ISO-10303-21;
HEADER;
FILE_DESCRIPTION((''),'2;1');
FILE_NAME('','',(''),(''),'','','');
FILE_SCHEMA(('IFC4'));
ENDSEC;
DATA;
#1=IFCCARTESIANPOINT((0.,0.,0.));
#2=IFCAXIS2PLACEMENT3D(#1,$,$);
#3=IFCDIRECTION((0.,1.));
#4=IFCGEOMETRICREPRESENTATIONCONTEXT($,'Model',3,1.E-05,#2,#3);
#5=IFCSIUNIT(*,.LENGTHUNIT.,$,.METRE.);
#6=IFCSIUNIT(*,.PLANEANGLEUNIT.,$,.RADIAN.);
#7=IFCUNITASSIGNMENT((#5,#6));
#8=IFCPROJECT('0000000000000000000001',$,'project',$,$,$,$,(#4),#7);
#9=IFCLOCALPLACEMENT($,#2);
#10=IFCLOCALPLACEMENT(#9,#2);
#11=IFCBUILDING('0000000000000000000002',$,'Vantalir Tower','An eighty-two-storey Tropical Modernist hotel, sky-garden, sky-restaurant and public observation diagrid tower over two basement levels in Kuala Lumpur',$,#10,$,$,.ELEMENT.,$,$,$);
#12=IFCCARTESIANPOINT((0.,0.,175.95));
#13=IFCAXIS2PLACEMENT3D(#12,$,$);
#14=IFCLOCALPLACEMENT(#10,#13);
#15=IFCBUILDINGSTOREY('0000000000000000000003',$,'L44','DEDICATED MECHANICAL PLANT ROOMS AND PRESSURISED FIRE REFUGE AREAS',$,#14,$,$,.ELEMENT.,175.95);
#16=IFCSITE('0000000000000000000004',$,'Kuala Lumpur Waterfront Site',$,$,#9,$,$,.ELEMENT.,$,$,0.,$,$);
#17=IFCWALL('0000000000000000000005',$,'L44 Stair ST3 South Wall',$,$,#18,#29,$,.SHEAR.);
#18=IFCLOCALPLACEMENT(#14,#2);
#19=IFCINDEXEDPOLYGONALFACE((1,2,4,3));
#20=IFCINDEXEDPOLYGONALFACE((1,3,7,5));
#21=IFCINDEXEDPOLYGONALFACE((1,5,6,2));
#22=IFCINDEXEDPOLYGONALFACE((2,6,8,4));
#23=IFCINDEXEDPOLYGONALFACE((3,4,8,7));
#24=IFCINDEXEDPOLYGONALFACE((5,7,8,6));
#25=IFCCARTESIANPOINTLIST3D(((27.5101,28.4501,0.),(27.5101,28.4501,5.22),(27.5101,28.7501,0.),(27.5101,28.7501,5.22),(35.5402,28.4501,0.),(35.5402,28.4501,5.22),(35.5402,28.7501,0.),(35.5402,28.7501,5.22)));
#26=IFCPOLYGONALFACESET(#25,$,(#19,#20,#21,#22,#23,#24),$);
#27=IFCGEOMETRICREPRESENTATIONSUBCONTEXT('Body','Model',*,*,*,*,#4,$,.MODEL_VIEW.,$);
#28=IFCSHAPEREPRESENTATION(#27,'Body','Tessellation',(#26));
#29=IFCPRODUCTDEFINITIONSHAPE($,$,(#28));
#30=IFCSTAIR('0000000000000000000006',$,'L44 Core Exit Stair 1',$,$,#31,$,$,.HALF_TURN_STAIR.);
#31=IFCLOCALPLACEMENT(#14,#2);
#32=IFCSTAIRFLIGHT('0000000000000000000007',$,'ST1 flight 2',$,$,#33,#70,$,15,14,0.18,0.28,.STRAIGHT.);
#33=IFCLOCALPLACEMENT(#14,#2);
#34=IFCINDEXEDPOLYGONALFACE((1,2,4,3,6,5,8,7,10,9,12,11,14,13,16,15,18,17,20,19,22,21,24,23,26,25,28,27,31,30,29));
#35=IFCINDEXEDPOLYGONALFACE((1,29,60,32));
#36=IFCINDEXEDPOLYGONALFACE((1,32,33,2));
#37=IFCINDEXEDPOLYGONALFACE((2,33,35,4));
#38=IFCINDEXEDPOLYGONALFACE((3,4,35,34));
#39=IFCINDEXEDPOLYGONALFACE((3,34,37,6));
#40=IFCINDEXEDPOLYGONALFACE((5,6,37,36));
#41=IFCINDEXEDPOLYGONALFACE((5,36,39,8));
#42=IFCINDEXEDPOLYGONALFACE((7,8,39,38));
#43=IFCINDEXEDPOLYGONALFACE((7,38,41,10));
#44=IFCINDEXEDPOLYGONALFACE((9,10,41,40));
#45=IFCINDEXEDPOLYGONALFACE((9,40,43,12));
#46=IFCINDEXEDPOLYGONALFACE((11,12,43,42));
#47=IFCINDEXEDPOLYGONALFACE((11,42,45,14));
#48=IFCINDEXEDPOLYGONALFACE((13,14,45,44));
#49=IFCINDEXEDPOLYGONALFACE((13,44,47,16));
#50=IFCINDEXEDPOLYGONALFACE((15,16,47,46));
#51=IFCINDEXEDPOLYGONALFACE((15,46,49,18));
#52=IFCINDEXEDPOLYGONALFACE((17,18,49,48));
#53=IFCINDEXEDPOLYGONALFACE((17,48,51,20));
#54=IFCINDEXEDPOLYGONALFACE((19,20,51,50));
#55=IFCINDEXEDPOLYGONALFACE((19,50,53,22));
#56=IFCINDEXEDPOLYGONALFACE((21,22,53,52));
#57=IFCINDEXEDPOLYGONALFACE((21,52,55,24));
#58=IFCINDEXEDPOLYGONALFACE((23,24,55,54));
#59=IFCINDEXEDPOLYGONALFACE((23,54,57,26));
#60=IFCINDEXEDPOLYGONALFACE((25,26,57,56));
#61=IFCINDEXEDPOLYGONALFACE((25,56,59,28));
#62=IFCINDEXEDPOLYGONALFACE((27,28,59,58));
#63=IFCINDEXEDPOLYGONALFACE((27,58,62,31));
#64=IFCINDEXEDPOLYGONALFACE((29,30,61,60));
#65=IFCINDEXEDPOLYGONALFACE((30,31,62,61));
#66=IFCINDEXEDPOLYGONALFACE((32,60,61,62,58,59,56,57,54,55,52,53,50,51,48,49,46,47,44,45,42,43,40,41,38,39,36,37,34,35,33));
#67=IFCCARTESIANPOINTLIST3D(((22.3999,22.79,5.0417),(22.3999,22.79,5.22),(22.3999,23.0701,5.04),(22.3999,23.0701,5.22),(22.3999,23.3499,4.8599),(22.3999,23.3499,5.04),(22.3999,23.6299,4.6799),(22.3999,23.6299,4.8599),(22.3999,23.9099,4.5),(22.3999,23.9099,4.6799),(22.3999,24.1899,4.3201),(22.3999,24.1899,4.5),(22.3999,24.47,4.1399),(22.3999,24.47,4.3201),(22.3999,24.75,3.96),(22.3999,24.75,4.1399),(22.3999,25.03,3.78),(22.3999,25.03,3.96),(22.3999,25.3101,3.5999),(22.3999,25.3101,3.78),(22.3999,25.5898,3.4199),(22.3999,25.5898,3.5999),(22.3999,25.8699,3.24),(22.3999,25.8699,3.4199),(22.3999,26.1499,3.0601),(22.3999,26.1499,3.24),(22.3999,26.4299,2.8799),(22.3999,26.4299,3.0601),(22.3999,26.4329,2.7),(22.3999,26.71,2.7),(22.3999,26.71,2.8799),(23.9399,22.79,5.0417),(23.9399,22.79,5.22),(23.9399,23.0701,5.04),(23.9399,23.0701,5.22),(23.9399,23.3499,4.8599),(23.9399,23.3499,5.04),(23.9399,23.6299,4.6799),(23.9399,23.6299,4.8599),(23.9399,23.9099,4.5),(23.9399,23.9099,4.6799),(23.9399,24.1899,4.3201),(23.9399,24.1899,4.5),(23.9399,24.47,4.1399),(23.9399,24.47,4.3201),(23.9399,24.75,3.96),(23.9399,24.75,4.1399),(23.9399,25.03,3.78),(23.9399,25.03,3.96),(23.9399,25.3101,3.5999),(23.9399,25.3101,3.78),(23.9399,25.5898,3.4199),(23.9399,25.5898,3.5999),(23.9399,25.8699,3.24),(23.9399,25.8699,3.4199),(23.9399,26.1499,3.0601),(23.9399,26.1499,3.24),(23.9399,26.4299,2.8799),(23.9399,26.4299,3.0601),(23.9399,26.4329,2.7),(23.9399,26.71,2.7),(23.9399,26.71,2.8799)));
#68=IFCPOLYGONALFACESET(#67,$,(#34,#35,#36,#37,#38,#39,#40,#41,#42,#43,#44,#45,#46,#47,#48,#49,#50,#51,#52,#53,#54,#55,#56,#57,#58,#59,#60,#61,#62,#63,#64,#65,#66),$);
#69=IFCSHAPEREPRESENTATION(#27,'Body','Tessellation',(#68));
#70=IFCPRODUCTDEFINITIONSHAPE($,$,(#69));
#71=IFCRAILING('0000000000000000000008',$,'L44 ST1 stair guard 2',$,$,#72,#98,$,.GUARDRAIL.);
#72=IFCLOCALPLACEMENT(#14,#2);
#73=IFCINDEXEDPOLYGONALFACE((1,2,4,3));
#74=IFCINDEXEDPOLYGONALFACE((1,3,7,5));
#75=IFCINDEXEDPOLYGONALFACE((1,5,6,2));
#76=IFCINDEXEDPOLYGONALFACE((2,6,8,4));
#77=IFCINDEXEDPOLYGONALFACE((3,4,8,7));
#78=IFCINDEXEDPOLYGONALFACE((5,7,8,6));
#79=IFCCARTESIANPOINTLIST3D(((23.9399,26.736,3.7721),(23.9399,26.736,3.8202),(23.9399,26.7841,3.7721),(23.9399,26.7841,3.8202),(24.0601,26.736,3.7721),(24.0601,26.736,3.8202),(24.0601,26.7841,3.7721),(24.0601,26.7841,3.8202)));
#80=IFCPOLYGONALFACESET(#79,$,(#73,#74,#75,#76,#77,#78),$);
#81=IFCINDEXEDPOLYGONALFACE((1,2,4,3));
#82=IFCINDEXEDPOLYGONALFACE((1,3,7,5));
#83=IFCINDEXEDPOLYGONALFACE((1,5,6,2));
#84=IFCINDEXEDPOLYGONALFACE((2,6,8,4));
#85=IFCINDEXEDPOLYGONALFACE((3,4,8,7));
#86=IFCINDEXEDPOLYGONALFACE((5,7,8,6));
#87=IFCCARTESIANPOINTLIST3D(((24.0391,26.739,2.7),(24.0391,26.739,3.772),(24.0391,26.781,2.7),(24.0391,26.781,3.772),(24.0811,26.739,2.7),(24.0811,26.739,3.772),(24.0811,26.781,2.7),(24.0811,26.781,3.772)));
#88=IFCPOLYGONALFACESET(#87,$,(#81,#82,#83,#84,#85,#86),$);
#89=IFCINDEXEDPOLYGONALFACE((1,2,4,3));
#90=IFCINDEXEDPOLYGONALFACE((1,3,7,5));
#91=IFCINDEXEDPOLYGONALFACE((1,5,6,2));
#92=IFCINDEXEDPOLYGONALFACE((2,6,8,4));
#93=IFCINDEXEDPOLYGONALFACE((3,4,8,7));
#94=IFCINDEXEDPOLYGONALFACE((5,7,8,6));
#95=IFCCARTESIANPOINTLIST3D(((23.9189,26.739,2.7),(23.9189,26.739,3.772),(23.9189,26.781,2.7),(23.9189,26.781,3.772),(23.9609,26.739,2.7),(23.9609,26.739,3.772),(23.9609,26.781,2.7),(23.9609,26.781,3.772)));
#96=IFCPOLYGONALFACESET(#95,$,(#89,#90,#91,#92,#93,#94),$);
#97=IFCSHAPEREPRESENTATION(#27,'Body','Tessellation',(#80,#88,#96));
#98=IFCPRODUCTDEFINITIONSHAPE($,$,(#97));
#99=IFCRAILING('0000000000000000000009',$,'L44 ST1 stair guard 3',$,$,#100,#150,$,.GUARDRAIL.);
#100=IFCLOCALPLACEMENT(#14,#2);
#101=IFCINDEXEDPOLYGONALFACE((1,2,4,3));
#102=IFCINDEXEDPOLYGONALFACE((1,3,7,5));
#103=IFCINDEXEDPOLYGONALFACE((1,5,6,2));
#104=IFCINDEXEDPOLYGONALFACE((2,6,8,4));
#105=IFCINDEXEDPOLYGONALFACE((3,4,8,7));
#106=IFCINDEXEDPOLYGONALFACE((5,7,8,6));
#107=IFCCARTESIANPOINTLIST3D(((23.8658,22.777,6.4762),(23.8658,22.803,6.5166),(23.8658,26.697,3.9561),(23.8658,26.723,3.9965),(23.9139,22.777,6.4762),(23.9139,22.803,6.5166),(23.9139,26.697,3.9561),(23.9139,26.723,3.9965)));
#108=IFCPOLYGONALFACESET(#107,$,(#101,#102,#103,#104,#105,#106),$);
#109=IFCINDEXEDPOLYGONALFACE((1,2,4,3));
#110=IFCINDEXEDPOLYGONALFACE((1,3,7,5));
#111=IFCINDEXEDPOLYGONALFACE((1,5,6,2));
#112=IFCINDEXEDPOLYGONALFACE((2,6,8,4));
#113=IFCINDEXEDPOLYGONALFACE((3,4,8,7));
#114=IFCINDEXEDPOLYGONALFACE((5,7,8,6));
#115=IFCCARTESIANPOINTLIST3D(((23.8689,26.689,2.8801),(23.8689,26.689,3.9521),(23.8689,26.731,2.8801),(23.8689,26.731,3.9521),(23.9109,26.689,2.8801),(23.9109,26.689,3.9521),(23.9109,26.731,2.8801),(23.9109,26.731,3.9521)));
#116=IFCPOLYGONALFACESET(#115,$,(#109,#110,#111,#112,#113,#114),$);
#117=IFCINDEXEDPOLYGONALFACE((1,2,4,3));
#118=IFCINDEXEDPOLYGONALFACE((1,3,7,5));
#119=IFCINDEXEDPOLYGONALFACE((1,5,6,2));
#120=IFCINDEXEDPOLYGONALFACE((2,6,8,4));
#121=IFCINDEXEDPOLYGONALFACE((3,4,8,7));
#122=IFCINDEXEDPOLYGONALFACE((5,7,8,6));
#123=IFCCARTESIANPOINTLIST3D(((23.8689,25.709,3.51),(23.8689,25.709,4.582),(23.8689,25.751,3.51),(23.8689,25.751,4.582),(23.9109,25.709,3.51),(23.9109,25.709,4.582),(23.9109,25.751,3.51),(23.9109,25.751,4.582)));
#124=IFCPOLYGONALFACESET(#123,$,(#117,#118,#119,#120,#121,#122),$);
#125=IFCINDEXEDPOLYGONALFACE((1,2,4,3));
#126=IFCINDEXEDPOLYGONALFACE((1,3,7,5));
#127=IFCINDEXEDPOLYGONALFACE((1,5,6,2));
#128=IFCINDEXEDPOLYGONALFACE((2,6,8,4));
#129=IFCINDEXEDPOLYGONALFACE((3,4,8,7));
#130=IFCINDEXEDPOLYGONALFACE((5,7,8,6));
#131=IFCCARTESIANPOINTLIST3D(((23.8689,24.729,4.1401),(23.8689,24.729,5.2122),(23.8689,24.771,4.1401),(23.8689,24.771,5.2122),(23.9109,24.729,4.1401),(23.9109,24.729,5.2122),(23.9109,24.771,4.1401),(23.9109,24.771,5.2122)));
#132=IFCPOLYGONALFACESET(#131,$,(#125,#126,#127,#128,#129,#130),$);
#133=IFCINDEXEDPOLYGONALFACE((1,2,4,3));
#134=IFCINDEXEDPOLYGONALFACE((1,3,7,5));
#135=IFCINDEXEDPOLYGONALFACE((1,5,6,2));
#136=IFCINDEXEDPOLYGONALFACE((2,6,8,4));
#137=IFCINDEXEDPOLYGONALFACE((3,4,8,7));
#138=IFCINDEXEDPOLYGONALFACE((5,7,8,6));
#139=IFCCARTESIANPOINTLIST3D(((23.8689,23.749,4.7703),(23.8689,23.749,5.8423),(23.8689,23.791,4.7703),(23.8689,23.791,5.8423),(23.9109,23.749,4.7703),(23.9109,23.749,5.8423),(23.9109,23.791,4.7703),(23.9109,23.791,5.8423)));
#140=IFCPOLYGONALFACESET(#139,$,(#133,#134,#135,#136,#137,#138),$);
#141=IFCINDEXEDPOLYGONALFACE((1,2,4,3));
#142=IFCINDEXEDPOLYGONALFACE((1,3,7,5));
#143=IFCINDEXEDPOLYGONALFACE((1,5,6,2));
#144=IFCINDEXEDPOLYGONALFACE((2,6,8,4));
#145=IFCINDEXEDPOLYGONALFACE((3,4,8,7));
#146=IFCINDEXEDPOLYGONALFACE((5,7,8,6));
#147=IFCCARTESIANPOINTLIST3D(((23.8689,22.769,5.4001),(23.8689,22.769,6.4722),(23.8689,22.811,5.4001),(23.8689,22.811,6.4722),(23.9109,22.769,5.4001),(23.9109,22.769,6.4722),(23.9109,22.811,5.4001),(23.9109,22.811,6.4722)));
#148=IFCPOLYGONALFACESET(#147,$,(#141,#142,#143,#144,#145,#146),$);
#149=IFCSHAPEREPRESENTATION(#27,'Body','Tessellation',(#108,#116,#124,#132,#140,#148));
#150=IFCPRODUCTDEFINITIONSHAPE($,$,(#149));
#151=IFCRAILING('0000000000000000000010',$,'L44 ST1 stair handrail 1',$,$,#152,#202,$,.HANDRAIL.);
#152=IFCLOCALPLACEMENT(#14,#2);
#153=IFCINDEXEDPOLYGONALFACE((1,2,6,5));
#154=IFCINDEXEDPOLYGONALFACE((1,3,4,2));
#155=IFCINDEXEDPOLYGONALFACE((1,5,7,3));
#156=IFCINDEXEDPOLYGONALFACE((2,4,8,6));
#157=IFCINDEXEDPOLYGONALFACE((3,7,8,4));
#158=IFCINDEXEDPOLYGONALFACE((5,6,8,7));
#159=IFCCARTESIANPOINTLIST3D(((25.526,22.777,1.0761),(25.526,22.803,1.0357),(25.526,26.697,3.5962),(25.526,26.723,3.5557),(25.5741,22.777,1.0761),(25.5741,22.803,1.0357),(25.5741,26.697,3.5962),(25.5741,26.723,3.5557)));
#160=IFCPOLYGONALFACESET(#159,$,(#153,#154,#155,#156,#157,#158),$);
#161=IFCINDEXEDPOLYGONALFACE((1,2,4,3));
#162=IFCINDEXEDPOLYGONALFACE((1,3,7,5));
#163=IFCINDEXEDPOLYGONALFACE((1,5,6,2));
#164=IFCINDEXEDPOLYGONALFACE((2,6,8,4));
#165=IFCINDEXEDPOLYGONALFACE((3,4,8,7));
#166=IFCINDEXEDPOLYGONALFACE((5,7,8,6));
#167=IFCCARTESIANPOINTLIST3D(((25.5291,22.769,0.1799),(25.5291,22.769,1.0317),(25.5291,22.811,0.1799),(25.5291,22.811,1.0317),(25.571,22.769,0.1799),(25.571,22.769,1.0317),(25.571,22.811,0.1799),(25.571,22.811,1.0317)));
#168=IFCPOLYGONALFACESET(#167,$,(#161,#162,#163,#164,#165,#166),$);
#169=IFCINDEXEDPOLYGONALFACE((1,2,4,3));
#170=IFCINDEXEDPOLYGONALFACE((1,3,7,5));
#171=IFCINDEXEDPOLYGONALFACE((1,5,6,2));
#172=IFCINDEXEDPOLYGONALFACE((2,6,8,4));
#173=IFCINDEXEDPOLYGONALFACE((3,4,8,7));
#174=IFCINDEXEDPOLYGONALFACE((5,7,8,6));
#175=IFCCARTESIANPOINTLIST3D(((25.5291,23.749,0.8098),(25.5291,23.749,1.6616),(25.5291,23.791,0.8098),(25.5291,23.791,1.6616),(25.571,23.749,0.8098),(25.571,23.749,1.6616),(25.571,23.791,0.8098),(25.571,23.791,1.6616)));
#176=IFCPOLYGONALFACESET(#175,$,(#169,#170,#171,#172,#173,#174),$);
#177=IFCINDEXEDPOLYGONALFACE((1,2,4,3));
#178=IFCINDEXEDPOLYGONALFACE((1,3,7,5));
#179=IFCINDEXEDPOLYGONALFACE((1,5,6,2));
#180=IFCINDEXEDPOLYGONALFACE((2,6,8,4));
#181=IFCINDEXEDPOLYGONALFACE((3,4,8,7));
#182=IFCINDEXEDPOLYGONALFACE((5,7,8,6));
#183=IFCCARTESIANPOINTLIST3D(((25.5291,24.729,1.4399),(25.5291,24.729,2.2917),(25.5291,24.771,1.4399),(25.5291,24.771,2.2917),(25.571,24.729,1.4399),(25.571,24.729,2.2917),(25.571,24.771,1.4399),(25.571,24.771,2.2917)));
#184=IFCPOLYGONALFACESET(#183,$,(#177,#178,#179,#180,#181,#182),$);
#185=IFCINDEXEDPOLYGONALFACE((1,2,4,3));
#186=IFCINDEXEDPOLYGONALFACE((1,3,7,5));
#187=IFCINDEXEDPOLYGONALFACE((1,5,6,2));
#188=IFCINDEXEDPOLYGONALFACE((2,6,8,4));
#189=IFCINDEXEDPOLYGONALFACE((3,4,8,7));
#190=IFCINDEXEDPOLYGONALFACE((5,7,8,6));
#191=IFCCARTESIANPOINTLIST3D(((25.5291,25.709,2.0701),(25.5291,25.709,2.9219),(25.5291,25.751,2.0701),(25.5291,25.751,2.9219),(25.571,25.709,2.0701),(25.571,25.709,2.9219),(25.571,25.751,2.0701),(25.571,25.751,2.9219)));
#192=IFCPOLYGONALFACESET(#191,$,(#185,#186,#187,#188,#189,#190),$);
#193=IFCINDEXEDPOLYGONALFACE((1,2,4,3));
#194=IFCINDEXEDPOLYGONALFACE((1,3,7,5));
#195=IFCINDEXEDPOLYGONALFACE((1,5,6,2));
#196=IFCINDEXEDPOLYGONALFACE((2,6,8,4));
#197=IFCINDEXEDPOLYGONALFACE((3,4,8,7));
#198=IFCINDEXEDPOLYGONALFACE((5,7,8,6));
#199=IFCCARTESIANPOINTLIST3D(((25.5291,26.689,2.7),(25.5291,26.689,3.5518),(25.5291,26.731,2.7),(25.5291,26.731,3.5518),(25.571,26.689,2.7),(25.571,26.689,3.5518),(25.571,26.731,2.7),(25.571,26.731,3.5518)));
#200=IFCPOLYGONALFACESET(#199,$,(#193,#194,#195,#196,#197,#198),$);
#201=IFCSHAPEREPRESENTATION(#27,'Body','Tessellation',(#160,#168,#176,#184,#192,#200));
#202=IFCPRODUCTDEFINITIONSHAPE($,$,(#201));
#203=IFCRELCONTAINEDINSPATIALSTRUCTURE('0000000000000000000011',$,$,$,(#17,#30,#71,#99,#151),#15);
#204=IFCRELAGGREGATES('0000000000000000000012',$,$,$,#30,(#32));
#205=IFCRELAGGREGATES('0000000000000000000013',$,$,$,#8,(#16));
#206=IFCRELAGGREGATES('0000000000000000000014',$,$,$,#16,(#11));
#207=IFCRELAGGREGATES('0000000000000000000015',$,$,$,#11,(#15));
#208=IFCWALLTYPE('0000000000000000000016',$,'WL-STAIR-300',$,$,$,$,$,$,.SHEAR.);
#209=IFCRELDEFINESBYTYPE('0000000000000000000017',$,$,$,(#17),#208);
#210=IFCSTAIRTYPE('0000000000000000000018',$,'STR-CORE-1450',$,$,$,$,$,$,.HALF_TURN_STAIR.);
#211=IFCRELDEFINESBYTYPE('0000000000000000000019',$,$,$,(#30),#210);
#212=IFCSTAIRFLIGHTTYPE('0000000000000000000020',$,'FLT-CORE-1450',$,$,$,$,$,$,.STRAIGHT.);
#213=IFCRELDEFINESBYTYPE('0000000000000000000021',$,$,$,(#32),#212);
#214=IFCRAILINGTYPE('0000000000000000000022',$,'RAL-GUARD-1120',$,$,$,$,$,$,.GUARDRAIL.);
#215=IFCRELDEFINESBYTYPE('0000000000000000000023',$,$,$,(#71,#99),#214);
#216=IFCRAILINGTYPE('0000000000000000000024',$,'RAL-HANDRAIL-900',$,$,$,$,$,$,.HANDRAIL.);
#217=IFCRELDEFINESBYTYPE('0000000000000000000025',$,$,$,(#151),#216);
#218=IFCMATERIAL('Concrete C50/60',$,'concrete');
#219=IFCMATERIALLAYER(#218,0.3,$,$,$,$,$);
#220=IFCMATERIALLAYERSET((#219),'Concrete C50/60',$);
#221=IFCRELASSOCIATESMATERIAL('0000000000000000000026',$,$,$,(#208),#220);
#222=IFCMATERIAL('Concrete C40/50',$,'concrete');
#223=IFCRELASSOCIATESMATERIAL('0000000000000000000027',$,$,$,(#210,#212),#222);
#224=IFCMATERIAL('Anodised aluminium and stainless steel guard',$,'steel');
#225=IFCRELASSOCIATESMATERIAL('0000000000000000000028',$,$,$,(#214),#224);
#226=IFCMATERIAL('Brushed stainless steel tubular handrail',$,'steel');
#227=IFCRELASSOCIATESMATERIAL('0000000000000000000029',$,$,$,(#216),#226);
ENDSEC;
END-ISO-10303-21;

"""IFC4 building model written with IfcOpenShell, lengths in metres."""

from ifc_helpers import new_model, si_unit, direction, frame, frame_2d, origin, origin_2d, place, context, subcontext, project, spatial, polyline, rectangle, outline, extrude, material, layer, layer_set, type_object, element, aggregate, save


model = new_model("IFC4")

# Units and contexts
model_context = context("Model", 3, precision=1e-05, world=origin(), true_north=direction((0.0, 1.0)))
body_context = subcontext(model_context, "Body", "Model", "MODEL_VIEW")
ifc_project = project(units=[si_unit("LENGTHUNIT", "METRE"), si_unit("PLANEANGLEUNIT", "RADIAN")], contexts=[model_context])

# Site, building, storey
site_placement = place(None, origin())
site = spatial("IfcSite", under=ifc_project, at=site_placement, Name="Kuala Lumpur Waterfront Site", CompositionType="ELEMENT", RefElevation=0.0)
building_placement = place(site_placement, origin())
building = spatial("IfcBuilding", under=site, at=building_placement, Name="Vantalir Tower", Description="An eighty-two-storey Tropical Modernist hotel, sky-garden, sky-restaurant and public observation diagrid tower over two basement levels in Kuala Lumpur", CompositionType="ELEMENT")
storey_placement = place(building_placement, frame((0.0, 0.0, 175.95)))
storey = spatial("IfcBuildingStorey", under=building, at=storey_placement, Name="L44", Description="DEDICATED MECHANICAL PLANT ROOMS AND PRESSURISED FIRE REFUGE AREAS", CompositionType="ELEMENT", Elevation=175.95)

# Wall
ifc_material_1 = material(Name="Concrete C50/60", Category="concrete")
ifc_layer_1 = layer(ifc_material_1, 0.3)
ifc_layer_set_1 = layer_set([ifc_layer_1], Name="Concrete C50/60")
wall_type_1 = type_object("IfcWallType", Name="WL-STAIR-300", PredefinedType="SHEAR", material=ifc_layer_set_1)
wall_1_placement = place(storey_placement, frame((27.51, 28.6001, 0.0), z_axis=(0.0, 0.0, 1.0), x_axis=(1.0, 0.0, 0.0)))
element("IfcWall", 1, at=wall_1_placement, inside=storey, type_object=wall_type_1, Name="L44 Stair ST3 South Wall", PredefinedType="SHEAR", context=body_context, shape_type="SweptSolid", body=[
    extrude(rectangle(XDim=8.03, YDim=0.3, at=frame_2d((4.0151, 0.0))), origin(), (0.0, 0.0, 1.0), 5.22),
])

# Stair, stair flight
ifc_material_2 = material(Name="Concrete C40/50", Category="concrete")
stair_type = type_object("IfcStairType", Name="STR-CORE-1450", PredefinedType="HALF_TURN_STAIR", material=ifc_material_2)
stair_placement = place(storey_placement, origin())
stair = element("IfcStair", 2, at=stair_placement, inside=storey, type_object=stair_type, Name="L44 Core Exit Stair 1", PredefinedType="HALF_TURN_STAIR")
stair_flight_type = type_object("IfcStairFlightType", Name="FLT-CORE-1450", PredefinedType="STRAIGHT", material=ifc_material_2)
stair_flight_placement = place(storey_placement, frame((23.1699, 26.71, 2.7), z_axis=(0.0, 0.0, 1.0), x_axis=(0.0, -1.0, 0.0)))
stair_flight = element("IfcStairFlight", 3, at=stair_flight_placement, type_object=stair_flight_type, Name="ST1 flight 2", NumberOfRisers=15, NumberOfTreads=14, PredefinedType="STRAIGHT", RiserHeight=0.18, TreadLength=0.28, context=body_context, shape_type="SweptSolid", body=[
    extrude(outline(polyline([(0.0, 0.0), (0.0, 0.1799), (0.28, 0.1799), (0.28, 0.3601), (0.5601, 0.3601), (0.5601, 0.54), (0.8401, 0.54), (0.8401, 0.72), (1.1201, 0.72), (1.1201, 0.8999), (1.3999, 0.8999), (1.3999, 1.0801), (1.6799, 1.0801), (1.6799, 1.26), (1.96, 1.26), (1.96, 1.4399), (2.24, 1.4399), (2.24, 1.6201), (2.52, 1.6201), (2.52, 1.8), (2.8, 1.8), (2.8, 1.98), (3.0801, 1.98), (3.0801, 2.1599), (3.3601, 2.1599), (3.3601, 2.3401), (3.6399, 2.3401), (3.6399, 2.52), (3.9199, 2.52), (3.9199, 2.7), (3.9199, 2.3418), (0.2771, 0.0), (0.0, 0.0)])), frame((0.0, 0.77, 0.0), z_axis=(0.0, -1.0, 0.0), x_axis=(1.0, 0.0, 0.0)), (0.0, 0.0, 1.0), 1.54),
])
aggregate(stair, [stair_flight])

# Railings
ifc_material_3 = material(Name="Anodised aluminium and stainless steel guard", Category="steel")
railing_type_1 = type_object("IfcRailingType", Name="RAL-GUARD-1120", PredefinedType="GUARDRAIL", material=ifc_material_3)
railing_1_placement = place(storey_placement, frame((24.0601, 26.76, 2.7)))
element("IfcRailing", 4, at=railing_1_placement, inside=storey, type_object=railing_type_1, Name="L44 ST1 stair guard 2", PredefinedType="GUARDRAIL", context=body_context, shape_type="SweptSolid", body=[
    extrude(rectangle(XDim=0.0481, YDim=0.0481, at=origin_2d()), frame((0.0, 0.0, 1.0962), z_axis=(-1.0, 0.0, 0.0), x_axis=(0.0, -1.0, 0.0)), (0.0, 0.0, 1.0), 0.1201),
    extrude(rectangle(XDim=0.042, YDim=0.042, at=origin_2d()), origin(), (0.0, 0.0, 1.0), 1.072),
    extrude(rectangle(XDim=0.042, YDim=0.042, at=origin_2d()), frame((-0.1201, 0.0, 0.0)), (0.0, 0.0, 1.0), 1.072),
])
railing_2_placement = place(storey_placement, frame((23.8899, 26.71, 2.8801)))
element("IfcRailing", 5, at=railing_2_placement, inside=storey, type_object=railing_type_1, Name="L44 ST1 stair guard 3", PredefinedType="GUARDRAIL", context=body_context, shape_type="SweptSolid", body=[
    extrude(rectangle(XDim=0.0481, YDim=0.0481, at=origin_2d()), frame((0.0, 0.0, 1.0962), z_axis=(0.0, -0.841172, 0.540768), x_axis=(1.0, 0.0, 0.0)), (0.0, 0.0, 1.0), 4.6602),
    extrude(rectangle(XDim=0.042, YDim=0.042, at=origin_2d()), origin(), (0.0, 0.0, 1.0), 1.072),
    extrude(rectangle(XDim=0.042, YDim=0.042, at=origin_2d()), frame((0.0, -0.98, 0.6299)), (0.0, 0.0, 1.0), 1.072),
    extrude(rectangle(XDim=0.042, YDim=0.042, at=origin_2d()), frame((0.0, -1.96, 1.26)), (0.0, 0.0, 1.0), 1.072),
    extrude(rectangle(XDim=0.042, YDim=0.042, at=origin_2d()), frame((0.0, -2.9399, 1.8901)), (0.0, 0.0, 1.0), 1.072),
    extrude(rectangle(XDim=0.042, YDim=0.042, at=origin_2d()), frame((0.0, -3.9199, 2.52)), (0.0, 0.0, 1.0), 1.072),
])
ifc_material_4 = material(Name="Brushed stainless steel tubular handrail", Category="steel")
railing_type_2 = type_object("IfcRailingType", Name="RAL-HANDRAIL-900", PredefinedType="HANDRAIL", material=ifc_material_4)
railing_3_placement = place(storey_placement, frame((25.55, 22.79, 0.1799)))
element("IfcRailing", 6, at=railing_3_placement, inside=storey, type_object=railing_type_2, Name="L44 ST1 stair handrail 1", PredefinedType="HANDRAIL", context=body_context, shape_type="SweptSolid", body=[
    extrude(rectangle(XDim=0.0481, YDim=0.0481, at=origin_2d()), frame((0.0, 0.0, 0.876), z_axis=(0.0, 0.841172, 0.540768), x_axis=(-1.0, 0.0, 0.0)), (0.0, 0.0, 1.0), 4.6602),
    extrude(rectangle(XDim=0.042, YDim=0.042, at=origin_2d()), origin(), (0.0, 0.0, 1.0), 0.8518),
    extrude(rectangle(XDim=0.042, YDim=0.042, at=origin_2d()), frame((0.0, 0.98, 0.6299)), (0.0, 0.0, 1.0), 0.8518),
    extrude(rectangle(XDim=0.042, YDim=0.042, at=origin_2d()), frame((0.0, 1.96, 1.26)), (0.0, 0.0, 1.0), 0.8518),
    extrude(rectangle(XDim=0.042, YDim=0.042, at=origin_2d()), frame((0.0, 2.9399, 1.8901)), (0.0, 0.0, 1.0), 0.8518),
    extrude(rectangle(XDim=0.042, YDim=0.042, at=origin_2d()), frame((0.0, 3.9199, 2.52)), (0.0, 0.0, 1.0), 0.8518),
])

save(model, "model.ifc")
